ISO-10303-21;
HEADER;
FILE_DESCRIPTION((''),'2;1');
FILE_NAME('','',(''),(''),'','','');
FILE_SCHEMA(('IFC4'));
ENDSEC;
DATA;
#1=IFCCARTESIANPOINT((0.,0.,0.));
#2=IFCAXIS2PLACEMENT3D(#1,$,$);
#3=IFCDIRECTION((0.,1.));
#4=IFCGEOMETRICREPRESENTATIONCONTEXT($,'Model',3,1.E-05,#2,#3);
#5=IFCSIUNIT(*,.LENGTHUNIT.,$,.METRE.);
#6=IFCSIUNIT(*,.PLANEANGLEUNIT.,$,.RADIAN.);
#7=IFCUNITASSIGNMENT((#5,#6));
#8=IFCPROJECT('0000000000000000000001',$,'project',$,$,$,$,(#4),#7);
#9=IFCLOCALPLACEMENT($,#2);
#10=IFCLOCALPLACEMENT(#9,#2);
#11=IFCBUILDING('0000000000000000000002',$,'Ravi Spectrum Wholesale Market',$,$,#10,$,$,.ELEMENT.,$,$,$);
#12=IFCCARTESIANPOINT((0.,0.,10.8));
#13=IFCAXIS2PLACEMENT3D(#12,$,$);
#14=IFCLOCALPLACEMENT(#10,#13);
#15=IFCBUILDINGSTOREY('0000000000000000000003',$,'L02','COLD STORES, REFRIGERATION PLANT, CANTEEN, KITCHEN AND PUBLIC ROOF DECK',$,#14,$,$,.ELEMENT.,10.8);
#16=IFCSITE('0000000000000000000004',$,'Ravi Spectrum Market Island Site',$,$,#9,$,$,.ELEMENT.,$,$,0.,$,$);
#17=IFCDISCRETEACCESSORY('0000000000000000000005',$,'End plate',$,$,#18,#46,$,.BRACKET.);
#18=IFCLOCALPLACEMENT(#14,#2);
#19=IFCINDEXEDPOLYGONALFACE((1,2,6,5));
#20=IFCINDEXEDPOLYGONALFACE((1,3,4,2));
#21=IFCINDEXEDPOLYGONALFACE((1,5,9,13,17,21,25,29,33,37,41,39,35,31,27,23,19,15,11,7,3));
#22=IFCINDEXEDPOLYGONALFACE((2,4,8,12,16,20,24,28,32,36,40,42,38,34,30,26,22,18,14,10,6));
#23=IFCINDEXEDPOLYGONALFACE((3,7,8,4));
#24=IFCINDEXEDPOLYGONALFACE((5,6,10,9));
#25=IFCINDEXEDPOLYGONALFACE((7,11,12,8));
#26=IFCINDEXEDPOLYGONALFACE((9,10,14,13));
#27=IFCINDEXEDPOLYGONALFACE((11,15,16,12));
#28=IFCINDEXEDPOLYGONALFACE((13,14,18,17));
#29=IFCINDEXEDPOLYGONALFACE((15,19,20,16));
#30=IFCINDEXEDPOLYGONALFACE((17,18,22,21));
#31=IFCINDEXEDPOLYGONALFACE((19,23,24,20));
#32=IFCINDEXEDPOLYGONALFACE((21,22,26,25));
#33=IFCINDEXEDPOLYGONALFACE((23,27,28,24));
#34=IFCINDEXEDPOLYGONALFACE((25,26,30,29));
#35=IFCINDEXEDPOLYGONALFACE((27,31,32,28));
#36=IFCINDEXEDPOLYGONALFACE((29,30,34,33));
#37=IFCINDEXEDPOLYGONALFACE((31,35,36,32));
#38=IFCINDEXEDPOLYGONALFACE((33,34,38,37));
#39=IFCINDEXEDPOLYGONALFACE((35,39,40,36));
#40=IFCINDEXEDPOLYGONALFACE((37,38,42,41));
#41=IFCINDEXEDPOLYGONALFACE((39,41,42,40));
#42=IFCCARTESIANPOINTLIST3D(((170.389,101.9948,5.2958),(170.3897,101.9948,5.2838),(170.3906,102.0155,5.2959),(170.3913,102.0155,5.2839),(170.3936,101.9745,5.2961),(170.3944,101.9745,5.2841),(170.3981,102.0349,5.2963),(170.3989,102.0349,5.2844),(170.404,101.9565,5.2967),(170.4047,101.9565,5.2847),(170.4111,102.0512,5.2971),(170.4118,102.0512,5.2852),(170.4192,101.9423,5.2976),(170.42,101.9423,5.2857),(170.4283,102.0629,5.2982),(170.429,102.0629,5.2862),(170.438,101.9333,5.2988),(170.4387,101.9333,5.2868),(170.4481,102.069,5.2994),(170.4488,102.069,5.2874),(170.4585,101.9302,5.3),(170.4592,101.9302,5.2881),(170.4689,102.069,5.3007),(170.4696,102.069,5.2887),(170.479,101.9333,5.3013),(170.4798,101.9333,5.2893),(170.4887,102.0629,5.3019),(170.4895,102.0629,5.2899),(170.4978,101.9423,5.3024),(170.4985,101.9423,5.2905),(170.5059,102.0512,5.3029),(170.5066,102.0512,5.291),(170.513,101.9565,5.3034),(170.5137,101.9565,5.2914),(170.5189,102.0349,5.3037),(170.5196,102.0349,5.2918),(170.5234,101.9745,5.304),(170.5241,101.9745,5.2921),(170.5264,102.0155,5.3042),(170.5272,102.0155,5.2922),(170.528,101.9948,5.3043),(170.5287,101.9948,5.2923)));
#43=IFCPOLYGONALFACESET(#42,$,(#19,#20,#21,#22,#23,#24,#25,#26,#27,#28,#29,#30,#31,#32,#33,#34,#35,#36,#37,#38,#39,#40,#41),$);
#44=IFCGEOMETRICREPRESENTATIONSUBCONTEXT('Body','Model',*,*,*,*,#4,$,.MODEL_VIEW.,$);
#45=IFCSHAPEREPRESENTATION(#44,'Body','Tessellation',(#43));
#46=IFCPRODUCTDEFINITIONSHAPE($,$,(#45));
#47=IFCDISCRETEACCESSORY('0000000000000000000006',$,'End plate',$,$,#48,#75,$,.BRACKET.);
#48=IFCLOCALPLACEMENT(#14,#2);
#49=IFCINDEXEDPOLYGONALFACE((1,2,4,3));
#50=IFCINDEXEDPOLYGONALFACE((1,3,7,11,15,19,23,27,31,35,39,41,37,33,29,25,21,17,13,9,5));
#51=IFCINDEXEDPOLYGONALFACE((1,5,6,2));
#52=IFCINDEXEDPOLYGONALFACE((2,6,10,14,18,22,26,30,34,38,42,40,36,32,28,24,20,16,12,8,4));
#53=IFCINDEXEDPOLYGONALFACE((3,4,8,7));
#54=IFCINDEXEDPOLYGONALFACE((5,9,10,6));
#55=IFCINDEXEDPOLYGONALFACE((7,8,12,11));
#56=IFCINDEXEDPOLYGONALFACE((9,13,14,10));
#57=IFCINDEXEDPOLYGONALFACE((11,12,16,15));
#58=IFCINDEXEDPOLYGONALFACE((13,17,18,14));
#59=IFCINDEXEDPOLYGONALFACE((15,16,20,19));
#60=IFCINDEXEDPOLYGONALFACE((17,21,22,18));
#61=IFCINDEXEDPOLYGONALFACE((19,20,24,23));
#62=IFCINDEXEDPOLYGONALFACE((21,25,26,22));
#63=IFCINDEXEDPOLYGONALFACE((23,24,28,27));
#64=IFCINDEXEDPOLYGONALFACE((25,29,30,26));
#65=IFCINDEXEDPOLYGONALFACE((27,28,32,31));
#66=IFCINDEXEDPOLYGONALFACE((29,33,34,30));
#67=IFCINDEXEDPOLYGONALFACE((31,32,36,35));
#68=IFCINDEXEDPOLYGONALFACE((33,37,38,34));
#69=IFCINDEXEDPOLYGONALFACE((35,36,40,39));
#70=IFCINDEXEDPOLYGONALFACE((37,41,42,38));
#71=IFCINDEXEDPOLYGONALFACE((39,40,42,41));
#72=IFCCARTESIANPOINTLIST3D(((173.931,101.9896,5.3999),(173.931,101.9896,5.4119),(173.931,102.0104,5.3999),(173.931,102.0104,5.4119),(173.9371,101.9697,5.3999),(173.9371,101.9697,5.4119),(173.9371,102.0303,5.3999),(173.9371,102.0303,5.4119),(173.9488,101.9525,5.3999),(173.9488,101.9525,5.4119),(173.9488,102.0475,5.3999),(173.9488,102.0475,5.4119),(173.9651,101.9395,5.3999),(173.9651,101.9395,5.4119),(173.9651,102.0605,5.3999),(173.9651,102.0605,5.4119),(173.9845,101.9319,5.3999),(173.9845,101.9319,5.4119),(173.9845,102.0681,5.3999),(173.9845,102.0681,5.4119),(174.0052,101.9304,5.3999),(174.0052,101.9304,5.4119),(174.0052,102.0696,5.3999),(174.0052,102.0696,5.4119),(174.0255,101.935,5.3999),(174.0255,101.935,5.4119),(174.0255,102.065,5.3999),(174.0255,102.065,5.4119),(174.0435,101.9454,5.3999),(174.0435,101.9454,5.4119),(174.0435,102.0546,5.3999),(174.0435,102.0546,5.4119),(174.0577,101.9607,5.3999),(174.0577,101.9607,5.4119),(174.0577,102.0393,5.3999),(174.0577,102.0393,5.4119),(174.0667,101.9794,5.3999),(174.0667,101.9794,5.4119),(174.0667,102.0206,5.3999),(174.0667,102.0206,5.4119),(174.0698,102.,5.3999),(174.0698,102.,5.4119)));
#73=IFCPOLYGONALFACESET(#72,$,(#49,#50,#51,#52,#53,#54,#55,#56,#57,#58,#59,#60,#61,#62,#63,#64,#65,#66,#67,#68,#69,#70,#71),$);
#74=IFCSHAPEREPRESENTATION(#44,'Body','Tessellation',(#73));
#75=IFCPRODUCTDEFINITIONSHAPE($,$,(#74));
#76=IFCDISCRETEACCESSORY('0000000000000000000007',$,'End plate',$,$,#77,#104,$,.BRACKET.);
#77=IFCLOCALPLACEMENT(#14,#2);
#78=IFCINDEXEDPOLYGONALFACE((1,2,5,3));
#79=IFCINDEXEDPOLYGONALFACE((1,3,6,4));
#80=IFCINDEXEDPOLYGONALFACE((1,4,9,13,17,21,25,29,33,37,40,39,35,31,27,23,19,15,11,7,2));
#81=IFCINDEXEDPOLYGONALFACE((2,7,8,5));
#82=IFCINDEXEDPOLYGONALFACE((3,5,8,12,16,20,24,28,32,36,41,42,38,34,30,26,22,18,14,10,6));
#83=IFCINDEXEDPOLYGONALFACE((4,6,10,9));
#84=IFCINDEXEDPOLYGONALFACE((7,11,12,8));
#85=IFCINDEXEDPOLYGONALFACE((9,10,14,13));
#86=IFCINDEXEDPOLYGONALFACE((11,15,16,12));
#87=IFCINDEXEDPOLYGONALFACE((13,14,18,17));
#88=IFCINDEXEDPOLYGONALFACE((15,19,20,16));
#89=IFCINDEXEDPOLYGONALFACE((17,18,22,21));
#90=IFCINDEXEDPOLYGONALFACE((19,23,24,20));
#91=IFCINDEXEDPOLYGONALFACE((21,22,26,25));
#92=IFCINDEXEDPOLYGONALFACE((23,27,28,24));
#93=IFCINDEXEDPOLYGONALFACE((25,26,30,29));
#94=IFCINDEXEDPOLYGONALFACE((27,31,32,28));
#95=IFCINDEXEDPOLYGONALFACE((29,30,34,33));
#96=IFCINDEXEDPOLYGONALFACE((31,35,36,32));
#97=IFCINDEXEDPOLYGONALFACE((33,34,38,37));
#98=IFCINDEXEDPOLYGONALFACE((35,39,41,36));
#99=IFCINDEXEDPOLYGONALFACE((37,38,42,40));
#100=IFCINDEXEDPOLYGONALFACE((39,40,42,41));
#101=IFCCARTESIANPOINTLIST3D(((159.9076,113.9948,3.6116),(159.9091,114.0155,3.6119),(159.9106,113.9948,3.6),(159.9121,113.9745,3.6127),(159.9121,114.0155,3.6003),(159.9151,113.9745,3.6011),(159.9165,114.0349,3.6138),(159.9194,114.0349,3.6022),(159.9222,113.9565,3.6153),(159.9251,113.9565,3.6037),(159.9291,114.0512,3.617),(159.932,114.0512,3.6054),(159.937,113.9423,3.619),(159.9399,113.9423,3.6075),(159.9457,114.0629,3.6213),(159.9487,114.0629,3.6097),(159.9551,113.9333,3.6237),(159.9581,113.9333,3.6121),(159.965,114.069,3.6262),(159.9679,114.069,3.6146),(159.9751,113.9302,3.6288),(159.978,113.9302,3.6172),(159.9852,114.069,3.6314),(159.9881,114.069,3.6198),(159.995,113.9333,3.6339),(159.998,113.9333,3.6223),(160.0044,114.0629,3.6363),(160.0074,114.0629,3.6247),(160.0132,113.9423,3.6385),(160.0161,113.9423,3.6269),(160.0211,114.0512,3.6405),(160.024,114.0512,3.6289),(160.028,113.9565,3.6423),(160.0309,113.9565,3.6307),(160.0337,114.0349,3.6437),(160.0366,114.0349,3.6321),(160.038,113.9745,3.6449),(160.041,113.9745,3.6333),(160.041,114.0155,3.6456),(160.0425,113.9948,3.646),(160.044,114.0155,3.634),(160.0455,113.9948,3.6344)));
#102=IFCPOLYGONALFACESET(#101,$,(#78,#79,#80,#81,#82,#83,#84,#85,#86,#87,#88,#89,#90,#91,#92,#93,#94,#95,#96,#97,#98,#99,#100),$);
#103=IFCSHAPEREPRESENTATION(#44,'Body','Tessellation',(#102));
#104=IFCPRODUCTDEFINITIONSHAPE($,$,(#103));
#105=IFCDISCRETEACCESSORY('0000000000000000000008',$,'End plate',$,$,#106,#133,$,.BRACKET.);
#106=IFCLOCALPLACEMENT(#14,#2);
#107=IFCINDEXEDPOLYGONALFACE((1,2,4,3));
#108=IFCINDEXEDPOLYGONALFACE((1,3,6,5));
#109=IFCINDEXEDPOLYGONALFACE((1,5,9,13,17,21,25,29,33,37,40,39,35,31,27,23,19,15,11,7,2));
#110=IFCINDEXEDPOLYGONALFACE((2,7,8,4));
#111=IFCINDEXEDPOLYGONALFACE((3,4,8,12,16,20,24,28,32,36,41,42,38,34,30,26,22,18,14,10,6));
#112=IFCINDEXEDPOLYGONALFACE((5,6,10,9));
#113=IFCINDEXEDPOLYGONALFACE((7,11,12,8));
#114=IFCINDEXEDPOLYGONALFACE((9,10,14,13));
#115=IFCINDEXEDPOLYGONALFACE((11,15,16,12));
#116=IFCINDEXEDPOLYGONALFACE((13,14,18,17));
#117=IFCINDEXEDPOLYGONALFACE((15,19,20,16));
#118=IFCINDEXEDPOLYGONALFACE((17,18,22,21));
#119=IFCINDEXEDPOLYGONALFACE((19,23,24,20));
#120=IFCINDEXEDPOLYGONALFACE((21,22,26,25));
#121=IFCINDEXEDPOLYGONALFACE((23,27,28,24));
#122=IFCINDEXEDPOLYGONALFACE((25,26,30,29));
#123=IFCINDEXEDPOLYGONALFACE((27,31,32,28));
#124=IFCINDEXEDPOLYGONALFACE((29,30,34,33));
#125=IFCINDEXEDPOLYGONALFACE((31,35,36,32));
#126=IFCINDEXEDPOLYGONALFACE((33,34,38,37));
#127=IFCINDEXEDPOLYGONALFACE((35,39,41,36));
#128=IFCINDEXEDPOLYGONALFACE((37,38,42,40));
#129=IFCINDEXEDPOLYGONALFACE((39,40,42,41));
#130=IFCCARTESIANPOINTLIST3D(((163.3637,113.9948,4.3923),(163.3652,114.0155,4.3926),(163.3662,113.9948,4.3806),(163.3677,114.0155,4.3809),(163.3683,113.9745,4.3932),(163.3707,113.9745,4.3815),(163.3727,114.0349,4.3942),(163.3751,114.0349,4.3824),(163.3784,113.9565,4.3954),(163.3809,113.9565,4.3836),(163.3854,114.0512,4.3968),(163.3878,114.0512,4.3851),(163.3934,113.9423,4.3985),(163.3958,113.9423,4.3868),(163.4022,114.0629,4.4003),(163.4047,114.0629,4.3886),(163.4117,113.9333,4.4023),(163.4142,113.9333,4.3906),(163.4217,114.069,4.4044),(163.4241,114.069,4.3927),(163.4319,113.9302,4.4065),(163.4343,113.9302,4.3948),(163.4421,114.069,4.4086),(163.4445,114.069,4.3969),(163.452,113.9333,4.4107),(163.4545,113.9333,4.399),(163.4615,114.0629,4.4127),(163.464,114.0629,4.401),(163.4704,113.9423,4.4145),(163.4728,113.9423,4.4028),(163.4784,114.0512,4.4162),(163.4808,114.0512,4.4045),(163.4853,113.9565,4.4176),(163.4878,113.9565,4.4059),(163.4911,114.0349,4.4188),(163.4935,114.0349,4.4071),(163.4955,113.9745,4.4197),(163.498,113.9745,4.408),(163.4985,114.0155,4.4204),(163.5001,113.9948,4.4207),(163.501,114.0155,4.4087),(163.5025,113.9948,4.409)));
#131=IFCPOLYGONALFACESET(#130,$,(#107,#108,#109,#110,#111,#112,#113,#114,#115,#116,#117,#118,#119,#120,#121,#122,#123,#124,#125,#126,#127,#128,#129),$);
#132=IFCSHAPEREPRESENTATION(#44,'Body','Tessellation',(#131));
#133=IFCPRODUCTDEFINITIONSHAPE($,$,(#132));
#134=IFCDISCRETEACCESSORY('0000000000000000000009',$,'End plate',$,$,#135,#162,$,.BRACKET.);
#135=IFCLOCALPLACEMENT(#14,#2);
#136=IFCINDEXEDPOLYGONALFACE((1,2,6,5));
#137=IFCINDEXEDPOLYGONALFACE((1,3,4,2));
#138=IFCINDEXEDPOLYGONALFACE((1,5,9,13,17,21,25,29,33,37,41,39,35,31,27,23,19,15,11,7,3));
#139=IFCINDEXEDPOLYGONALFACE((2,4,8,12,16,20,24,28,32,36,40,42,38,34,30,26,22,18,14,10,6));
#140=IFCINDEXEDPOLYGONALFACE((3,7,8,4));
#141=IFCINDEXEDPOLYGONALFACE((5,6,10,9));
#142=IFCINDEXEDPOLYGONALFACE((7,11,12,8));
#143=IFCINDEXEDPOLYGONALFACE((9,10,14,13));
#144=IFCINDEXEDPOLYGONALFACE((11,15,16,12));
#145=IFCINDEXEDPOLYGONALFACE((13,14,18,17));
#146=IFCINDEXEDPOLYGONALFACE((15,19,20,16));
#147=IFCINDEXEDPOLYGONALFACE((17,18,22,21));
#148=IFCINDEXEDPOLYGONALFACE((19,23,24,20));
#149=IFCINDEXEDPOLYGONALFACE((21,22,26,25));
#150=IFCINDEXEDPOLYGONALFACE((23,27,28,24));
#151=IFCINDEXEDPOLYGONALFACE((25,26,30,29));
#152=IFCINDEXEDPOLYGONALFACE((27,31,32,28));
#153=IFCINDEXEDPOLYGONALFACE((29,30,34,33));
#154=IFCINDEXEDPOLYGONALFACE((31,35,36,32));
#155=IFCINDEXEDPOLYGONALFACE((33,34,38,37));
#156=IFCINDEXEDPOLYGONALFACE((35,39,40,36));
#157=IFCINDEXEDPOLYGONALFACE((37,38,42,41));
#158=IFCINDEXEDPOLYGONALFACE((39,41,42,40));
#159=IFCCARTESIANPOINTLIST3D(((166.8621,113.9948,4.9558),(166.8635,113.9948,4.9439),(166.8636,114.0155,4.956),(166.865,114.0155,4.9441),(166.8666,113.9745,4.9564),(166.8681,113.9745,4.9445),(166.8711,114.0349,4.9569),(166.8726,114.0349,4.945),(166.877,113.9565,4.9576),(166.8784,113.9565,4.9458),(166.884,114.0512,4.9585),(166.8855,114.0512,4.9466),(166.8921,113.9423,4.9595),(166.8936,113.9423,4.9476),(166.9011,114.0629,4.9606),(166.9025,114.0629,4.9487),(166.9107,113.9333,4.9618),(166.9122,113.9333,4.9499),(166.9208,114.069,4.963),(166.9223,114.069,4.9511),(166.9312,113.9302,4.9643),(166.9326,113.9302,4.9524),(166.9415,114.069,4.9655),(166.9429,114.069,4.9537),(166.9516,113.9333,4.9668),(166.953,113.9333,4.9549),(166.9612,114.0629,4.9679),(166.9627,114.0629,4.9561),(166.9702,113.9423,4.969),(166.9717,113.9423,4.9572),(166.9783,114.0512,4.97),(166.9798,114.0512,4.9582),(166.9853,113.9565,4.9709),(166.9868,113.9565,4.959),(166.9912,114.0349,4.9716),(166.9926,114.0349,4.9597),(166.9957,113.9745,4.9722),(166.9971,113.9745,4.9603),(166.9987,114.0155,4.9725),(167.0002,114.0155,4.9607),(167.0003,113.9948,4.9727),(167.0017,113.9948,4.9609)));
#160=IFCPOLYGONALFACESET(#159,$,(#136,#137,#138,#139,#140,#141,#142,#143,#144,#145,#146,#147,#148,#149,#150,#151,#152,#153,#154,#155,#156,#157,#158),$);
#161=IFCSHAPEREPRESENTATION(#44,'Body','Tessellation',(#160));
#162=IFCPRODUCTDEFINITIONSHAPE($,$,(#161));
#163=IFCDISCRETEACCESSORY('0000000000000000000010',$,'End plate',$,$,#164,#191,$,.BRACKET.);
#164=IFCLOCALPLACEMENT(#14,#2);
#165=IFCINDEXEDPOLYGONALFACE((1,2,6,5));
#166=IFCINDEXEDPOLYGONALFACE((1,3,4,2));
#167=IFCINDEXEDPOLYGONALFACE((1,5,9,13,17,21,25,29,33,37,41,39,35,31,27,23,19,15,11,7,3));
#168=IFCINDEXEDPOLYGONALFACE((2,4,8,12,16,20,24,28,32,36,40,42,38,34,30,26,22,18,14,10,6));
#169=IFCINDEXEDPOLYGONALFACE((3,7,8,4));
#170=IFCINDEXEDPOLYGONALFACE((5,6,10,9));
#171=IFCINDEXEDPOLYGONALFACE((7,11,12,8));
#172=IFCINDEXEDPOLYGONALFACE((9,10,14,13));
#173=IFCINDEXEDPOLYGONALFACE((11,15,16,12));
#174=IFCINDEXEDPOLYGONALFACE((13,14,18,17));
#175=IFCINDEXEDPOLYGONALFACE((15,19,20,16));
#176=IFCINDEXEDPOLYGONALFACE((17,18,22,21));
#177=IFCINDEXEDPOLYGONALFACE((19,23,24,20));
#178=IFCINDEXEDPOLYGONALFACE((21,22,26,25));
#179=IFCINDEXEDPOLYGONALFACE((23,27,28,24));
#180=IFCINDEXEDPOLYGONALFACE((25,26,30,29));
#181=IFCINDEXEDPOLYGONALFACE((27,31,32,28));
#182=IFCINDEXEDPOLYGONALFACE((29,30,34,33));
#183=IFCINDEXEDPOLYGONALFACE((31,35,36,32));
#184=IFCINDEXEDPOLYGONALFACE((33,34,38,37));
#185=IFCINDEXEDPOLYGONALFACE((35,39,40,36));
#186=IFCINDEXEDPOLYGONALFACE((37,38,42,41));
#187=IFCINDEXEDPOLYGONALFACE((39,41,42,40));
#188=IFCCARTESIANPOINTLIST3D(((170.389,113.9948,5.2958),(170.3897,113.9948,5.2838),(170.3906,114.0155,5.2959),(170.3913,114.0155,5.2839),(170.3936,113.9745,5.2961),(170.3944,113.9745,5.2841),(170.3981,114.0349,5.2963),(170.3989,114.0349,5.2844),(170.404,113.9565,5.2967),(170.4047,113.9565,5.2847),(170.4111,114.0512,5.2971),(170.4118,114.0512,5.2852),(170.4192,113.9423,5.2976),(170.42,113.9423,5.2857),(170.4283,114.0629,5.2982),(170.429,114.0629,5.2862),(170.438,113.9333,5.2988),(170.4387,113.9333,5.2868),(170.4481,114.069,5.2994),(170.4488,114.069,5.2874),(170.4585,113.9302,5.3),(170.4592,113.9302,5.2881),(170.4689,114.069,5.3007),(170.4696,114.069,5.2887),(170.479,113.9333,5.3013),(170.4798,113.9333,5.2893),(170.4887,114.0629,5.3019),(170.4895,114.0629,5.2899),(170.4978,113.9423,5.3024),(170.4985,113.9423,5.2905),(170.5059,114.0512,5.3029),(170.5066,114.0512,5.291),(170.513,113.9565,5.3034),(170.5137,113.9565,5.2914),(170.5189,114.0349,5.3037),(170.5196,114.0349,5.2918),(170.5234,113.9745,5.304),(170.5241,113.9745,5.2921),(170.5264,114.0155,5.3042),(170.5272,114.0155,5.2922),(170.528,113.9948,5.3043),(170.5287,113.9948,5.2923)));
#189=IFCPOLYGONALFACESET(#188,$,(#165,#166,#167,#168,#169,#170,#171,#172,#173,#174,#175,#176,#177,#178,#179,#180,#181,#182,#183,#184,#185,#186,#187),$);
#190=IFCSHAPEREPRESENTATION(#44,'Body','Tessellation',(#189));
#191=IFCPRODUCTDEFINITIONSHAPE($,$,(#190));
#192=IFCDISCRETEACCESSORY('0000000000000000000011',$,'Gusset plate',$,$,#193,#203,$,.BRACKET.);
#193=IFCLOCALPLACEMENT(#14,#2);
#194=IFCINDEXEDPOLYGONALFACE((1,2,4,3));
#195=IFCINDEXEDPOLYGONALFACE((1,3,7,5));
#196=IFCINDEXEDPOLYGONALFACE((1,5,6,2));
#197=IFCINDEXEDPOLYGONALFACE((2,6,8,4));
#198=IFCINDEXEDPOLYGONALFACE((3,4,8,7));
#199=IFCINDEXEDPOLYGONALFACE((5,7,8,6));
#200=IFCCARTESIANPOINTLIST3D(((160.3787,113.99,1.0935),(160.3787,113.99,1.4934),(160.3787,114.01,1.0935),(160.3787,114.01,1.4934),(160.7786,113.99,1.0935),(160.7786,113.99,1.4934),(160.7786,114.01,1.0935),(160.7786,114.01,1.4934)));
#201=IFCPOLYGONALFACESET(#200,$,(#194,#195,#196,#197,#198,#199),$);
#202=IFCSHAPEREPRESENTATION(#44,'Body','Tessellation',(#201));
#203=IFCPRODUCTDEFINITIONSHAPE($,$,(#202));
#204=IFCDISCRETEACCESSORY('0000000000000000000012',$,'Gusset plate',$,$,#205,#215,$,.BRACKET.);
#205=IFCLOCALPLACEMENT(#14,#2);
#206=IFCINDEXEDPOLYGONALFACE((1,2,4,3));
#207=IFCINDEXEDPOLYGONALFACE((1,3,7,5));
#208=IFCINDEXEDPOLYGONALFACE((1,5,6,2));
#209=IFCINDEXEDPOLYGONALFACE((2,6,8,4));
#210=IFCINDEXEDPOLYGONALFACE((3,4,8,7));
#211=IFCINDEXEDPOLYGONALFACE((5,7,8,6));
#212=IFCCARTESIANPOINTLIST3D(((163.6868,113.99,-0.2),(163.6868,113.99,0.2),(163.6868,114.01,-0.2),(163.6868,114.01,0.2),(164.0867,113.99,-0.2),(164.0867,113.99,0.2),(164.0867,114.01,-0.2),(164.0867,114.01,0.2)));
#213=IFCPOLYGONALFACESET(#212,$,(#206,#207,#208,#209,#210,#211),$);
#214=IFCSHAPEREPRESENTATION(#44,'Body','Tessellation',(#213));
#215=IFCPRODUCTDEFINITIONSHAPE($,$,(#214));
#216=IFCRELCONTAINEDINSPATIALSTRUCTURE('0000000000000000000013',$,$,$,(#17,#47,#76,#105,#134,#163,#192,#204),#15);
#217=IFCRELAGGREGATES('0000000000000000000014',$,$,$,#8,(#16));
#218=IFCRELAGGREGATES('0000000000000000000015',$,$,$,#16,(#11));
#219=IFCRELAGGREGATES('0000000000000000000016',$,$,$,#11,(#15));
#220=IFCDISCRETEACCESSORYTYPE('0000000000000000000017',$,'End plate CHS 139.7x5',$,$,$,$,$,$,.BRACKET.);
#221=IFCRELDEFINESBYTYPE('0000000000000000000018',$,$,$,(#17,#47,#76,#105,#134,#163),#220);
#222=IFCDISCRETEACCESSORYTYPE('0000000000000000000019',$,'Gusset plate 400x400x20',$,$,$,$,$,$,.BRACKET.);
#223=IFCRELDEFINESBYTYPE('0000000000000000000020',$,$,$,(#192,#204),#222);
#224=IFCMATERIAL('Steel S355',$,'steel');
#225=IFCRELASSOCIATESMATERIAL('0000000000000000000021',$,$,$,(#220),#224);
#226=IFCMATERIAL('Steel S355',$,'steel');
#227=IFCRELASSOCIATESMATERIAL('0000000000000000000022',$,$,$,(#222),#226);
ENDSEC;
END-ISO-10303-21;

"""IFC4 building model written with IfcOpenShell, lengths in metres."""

from ifc_helpers import new_model, si_unit, direction, frame, origin, origin_2d, place, context, subcontext, project, spatial, rectangle, circle, extrude, material, material_profile, profile_set, type_object, element, save


model = new_model("IFC4")

# Units and contexts
model_context = context("Model", 3, precision=1e-05, world=origin(), true_north=direction((0.0, 1.0)))
body_context = subcontext(model_context, "Body", "Model", "MODEL_VIEW")
ifc_project = project(units=[si_unit("LENGTHUNIT", "METRE"), si_unit("PLANEANGLEUNIT", "RADIAN")], contexts=[model_context])

# Site, building, storey
site_placement = place(None, origin())
site = spatial("IfcSite", under=ifc_project, at=site_placement, Name="Ravi Spectrum Market Island Site", CompositionType="ELEMENT", RefElevation=0.0)
building_placement = place(site_placement, origin())
building = spatial("IfcBuilding", under=site, at=building_placement, Name="Ravi Spectrum Wholesale Market", CompositionType="ELEMENT")
storey_placement = place(building_placement, frame((0.0, 0.0, 10.8)))
storey = spatial("IfcBuildingStorey", under=building, at=storey_placement, Name="L02", Description="COLD STORES, REFRIGERATION PLANT, CANTEEN, KITCHEN AND PUBLIC ROOF DECK", CompositionType="ELEMENT", Elevation=10.8)

# Discrete accessories
ifc_material_1 = material(Name="Steel S355", Category="steel")
ifc_material_profile_1 = material_profile(ifc_material_1, circle(Radius=0.0698, at=origin_2d()))
ifc_profile_set_1 = profile_set([ifc_material_profile_1], Name="Steel S355")
discrete_accessory_type_1 = type_object("IfcDiscreteAccessoryType", Name="End plate CHS 139.7x5", PredefinedType="BRACKET", material=ifc_profile_set_1)
for number, where, z_axis, x_axis, name in (
    (1, (170.4592, 102.0, 5.2881), (-0.06111, 0.0, 0.998131), (0.0, -1.0, 0.0), "End plate"),
    (2, (174.0, 102.0, 5.3999), (0.0, 0.0, 1.0), (1.0, 0.0, 0.0), "End plate"),
    (3, (159.978, 114.0, 3.6172), (-0.247383, 0.0, 0.968918), (0.0, -1.0, 0.0), "End plate"),
    (4, (163.4343, 114.0, 4.3948), (-0.203954, 0.0, 0.97898), (0.0, -1.0, 0.0), "End plate"),
    (5, (166.9326, 114.0, 4.9524), (-0.121541, 0.0, 0.992586), (0.0, -1.0, 0.0), "End plate"),
    (6, (170.4592, 114.0, 5.2881), (-0.06111, 0.0, 0.998131), (0.0, -1.0, 0.0), "End plate"),
):
    element("IfcDiscreteAccessory", number, at=place(storey_placement, frame(where, z_axis=z_axis, x_axis=x_axis)), inside=storey, type_object=discrete_accessory_type_1, Name=name, PredefinedType="BRACKET", context=body_context, shape_type="SweptSolid", body=[
        extrude(circle(Radius=0.0698, at=origin_2d()), origin(), (0.0, 0.0, 1.0), 0.012),
    ])
ifc_material_2 = material(Name="Steel S355", Category="steel")
ifc_material_profile_2 = material_profile(ifc_material_2, rectangle(XDim=0.3999, YDim=0.02, at=origin_2d()))
ifc_profile_set_2 = profile_set([ifc_material_profile_2], Name="Steel S355")
discrete_accessory_type_2 = type_object("IfcDiscreteAccessoryType", Name="Gusset plate 400x400x20", PredefinedType="BRACKET", material=ifc_profile_set_2)
for number, where, z_axis, x_axis, name in (
    (7, (160.5786, 114.0, 1.0935), (0.0, 0.0, 1.0), (1.0, 0.0, 0.0), "Gusset plate"),
    (8, (163.8867, 114.0, -0.2), (0.0, 0.0, 1.0), (1.0, 0.0, 0.0), "Gusset plate"),
):
    element("IfcDiscreteAccessory", number, at=place(storey_placement, frame(where, z_axis=z_axis, x_axis=x_axis)), inside=storey, type_object=discrete_accessory_type_2, Name=name, PredefinedType="BRACKET", context=body_context, shape_type="SweptSolid", body=[
        extrude(rectangle(XDim=0.3999, YDim=0.02, at=origin_2d()), origin(), (0.0, 0.0, 1.0), 0.3999),
    ])

save(model, "model.ifc")
